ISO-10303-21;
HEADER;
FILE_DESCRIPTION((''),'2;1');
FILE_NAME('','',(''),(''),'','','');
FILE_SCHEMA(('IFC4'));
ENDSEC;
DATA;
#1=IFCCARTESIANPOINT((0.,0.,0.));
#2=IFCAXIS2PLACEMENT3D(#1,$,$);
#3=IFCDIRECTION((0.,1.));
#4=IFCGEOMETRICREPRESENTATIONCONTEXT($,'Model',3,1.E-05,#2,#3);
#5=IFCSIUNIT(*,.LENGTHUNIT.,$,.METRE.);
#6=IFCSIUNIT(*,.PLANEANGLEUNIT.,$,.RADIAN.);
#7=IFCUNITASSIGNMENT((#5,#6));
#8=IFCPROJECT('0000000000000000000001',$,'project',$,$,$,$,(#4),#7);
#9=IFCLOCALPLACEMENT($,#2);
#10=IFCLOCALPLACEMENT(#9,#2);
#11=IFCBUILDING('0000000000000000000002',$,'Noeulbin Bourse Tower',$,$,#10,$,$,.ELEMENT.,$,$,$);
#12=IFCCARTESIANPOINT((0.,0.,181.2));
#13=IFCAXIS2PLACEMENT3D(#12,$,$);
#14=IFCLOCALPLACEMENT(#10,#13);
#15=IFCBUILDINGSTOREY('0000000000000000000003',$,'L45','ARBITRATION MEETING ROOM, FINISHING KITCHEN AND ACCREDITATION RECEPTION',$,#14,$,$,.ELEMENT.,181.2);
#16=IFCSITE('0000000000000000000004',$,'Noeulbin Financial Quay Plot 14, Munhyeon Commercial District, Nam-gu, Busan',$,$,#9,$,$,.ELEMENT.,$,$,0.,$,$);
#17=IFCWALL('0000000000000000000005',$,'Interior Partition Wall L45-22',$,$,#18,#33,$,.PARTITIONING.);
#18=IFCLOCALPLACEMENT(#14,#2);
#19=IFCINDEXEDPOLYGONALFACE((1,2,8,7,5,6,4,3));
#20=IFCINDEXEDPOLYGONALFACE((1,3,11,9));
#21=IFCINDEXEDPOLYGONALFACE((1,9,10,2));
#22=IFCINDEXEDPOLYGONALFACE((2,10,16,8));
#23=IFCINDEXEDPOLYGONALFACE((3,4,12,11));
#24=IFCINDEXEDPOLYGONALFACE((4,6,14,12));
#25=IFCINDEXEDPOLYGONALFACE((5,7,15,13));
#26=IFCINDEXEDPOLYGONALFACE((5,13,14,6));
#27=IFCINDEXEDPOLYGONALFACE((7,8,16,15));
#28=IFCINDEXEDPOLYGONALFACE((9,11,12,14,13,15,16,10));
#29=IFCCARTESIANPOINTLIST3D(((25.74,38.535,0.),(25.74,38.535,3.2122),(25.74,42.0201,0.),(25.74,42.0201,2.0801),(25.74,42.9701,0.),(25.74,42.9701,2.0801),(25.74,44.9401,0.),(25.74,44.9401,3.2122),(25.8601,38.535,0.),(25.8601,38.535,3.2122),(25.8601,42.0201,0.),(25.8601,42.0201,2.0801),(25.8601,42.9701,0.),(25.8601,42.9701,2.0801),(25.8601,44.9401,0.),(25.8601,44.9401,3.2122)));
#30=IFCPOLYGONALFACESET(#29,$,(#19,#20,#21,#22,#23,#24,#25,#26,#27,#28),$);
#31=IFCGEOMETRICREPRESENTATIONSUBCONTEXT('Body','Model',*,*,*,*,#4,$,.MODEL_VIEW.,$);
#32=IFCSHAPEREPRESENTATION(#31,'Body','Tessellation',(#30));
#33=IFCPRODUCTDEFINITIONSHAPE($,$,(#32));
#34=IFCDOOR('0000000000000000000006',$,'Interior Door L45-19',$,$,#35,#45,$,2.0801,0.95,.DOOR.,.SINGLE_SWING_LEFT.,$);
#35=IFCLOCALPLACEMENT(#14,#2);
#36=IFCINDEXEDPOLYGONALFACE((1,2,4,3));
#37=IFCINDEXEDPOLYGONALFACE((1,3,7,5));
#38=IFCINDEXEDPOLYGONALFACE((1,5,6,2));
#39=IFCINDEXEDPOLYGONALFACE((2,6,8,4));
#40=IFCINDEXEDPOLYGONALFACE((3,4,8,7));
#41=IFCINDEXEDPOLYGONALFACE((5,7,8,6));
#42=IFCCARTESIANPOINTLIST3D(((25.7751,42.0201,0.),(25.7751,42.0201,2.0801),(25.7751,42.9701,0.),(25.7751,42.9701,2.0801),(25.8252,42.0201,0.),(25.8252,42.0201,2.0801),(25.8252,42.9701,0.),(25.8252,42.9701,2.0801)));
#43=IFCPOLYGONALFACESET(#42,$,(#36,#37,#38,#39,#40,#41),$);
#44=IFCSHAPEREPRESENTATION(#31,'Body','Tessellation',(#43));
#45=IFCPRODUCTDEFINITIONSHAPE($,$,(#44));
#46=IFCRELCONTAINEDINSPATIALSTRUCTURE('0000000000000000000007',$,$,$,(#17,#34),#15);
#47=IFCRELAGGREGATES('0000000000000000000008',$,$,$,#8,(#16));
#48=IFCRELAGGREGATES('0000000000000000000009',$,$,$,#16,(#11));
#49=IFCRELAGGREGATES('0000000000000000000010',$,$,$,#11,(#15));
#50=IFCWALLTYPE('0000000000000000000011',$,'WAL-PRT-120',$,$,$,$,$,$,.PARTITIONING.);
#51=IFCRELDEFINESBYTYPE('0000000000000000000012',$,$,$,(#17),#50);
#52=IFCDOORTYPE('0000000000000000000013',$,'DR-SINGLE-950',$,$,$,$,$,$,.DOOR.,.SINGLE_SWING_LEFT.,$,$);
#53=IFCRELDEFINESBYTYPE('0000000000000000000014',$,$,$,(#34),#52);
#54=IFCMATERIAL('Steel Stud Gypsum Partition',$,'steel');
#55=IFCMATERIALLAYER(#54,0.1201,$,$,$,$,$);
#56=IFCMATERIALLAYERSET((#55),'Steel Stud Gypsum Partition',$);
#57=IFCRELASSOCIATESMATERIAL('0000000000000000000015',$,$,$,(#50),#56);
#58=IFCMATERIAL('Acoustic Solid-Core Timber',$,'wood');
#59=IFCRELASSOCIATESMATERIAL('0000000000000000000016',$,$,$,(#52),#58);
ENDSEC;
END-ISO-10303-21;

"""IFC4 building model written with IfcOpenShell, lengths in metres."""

from ifc_helpers import new_model, si_unit, direction, frame, frame_2d, origin, place, context, subcontext, project, spatial, rectangle, extrude, material, layer, layer_set, type_object, element, fill, save


model = new_model("IFC4")

# Units and contexts
model_context = context("Model", 3, precision=1e-05, world=origin(), true_north=direction((0.0, 1.0)))
body_context = subcontext(model_context, "Body", "Model", "MODEL_VIEW")
ifc_project = project(units=[si_unit("LENGTHUNIT", "METRE"), si_unit("PLANEANGLEUNIT", "RADIAN")], contexts=[model_context])

# Site, building, storey
site_placement = place(None, origin())
site = spatial("IfcSite", under=ifc_project, at=site_placement, Name="Noeulbin Financial Quay Plot 14, Munhyeon Commercial District, Nam-gu, Busan", CompositionType="ELEMENT", RefElevation=0.0)
building_placement = place(site_placement, origin())
building = spatial("IfcBuilding", under=site, at=building_placement, Name="Noeulbin Bourse Tower", CompositionType="ELEMENT")
storey_placement = place(building_placement, frame((0.0, 0.0, 181.2)))
storey = spatial("IfcBuildingStorey", under=building, at=storey_placement, Name="L45", Description="ARBITRATION MEETING ROOM, FINISHING KITCHEN AND ACCREDITATION RECEPTION", CompositionType="ELEMENT", Elevation=181.2)

# Wall, opening, door
ifc_material_1 = material(Name="Steel Stud Gypsum Partition", Category="steel")
ifc_layer_1 = layer(ifc_material_1, 0.1201)
ifc_layer_set_1 = layer_set([ifc_layer_1], Name="Steel Stud Gypsum Partition")
wall_type = type_object("IfcWallType", Name="WAL-PRT-120", PredefinedType="PARTITIONING", material=ifc_layer_set_1)
ifc_material_2 = material(Name="Acoustic Solid-Core Timber", Category="wood")
door_type = type_object("IfcDoorType", Name="DR-SINGLE-950", OperationType="SINGLE_SWING_LEFT", PredefinedType="DOOR", material=ifc_material_2)
wall_1_placement = place(storey_placement, frame((25.8, 38.5349, 0.0), z_axis=(0.0, 0.0, 1.0), x_axis=(0.0, 1.0, 0.0)))
wall_1 = element("IfcWall", 1, at=wall_1_placement, inside=storey, type_object=wall_type, Name="Interior Partition Wall L45-22", PredefinedType="PARTITIONING", context=body_context, shape_type="SweptSolid", body=[
    extrude(rectangle(XDim=6.405, YDim=0.1201, at=frame_2d((3.2026, 0.0))), origin(), (0.0, 0.0, 1.0), 3.2122),
])
opening_1_placement = place(wall_1_placement, frame((3.4851, 0.0, 0.0)))
opening_1 = element("IfcOpeningElement", 2, at=opening_1_placement, cuts=wall_1, PredefinedType="OPENING", context=body_context, shape_type="SweptSolid", body=[
    extrude(rectangle(XDim=0.95, YDim=2.0801, at=frame_2d((0.4751, 1.04))), frame((0.0, 0.0701, 0.0), z_axis=(0.0, -1.0, 0.0), x_axis=(1.0, 0.0, 0.0)), (0.0, 0.0, 1.0), 0.1401),
])
door_1_placement = place(opening_1_placement, origin())
door_1 = element("IfcDoor", 3, at=door_1_placement, inside=storey, type_object=door_type, Name="Interior Door L45-19", OperationType="SINGLE_SWING_LEFT", OverallHeight=2.0801, OverallWidth=0.95, PredefinedType="DOOR", context=body_context, shape_type="SweptSolid", body=[
    extrude(rectangle(XDim=0.95, YDim=2.0801, at=frame_2d((0.4751, 1.04))), frame((0.0, 0.0249, 0.0), z_axis=(0.0, -1.0, 0.0), x_axis=(1.0, 0.0, 0.0)), (0.0, 0.0, 1.0), 0.05),
])
fill(opening_1, door_1)

save(model, "model.ifc")
